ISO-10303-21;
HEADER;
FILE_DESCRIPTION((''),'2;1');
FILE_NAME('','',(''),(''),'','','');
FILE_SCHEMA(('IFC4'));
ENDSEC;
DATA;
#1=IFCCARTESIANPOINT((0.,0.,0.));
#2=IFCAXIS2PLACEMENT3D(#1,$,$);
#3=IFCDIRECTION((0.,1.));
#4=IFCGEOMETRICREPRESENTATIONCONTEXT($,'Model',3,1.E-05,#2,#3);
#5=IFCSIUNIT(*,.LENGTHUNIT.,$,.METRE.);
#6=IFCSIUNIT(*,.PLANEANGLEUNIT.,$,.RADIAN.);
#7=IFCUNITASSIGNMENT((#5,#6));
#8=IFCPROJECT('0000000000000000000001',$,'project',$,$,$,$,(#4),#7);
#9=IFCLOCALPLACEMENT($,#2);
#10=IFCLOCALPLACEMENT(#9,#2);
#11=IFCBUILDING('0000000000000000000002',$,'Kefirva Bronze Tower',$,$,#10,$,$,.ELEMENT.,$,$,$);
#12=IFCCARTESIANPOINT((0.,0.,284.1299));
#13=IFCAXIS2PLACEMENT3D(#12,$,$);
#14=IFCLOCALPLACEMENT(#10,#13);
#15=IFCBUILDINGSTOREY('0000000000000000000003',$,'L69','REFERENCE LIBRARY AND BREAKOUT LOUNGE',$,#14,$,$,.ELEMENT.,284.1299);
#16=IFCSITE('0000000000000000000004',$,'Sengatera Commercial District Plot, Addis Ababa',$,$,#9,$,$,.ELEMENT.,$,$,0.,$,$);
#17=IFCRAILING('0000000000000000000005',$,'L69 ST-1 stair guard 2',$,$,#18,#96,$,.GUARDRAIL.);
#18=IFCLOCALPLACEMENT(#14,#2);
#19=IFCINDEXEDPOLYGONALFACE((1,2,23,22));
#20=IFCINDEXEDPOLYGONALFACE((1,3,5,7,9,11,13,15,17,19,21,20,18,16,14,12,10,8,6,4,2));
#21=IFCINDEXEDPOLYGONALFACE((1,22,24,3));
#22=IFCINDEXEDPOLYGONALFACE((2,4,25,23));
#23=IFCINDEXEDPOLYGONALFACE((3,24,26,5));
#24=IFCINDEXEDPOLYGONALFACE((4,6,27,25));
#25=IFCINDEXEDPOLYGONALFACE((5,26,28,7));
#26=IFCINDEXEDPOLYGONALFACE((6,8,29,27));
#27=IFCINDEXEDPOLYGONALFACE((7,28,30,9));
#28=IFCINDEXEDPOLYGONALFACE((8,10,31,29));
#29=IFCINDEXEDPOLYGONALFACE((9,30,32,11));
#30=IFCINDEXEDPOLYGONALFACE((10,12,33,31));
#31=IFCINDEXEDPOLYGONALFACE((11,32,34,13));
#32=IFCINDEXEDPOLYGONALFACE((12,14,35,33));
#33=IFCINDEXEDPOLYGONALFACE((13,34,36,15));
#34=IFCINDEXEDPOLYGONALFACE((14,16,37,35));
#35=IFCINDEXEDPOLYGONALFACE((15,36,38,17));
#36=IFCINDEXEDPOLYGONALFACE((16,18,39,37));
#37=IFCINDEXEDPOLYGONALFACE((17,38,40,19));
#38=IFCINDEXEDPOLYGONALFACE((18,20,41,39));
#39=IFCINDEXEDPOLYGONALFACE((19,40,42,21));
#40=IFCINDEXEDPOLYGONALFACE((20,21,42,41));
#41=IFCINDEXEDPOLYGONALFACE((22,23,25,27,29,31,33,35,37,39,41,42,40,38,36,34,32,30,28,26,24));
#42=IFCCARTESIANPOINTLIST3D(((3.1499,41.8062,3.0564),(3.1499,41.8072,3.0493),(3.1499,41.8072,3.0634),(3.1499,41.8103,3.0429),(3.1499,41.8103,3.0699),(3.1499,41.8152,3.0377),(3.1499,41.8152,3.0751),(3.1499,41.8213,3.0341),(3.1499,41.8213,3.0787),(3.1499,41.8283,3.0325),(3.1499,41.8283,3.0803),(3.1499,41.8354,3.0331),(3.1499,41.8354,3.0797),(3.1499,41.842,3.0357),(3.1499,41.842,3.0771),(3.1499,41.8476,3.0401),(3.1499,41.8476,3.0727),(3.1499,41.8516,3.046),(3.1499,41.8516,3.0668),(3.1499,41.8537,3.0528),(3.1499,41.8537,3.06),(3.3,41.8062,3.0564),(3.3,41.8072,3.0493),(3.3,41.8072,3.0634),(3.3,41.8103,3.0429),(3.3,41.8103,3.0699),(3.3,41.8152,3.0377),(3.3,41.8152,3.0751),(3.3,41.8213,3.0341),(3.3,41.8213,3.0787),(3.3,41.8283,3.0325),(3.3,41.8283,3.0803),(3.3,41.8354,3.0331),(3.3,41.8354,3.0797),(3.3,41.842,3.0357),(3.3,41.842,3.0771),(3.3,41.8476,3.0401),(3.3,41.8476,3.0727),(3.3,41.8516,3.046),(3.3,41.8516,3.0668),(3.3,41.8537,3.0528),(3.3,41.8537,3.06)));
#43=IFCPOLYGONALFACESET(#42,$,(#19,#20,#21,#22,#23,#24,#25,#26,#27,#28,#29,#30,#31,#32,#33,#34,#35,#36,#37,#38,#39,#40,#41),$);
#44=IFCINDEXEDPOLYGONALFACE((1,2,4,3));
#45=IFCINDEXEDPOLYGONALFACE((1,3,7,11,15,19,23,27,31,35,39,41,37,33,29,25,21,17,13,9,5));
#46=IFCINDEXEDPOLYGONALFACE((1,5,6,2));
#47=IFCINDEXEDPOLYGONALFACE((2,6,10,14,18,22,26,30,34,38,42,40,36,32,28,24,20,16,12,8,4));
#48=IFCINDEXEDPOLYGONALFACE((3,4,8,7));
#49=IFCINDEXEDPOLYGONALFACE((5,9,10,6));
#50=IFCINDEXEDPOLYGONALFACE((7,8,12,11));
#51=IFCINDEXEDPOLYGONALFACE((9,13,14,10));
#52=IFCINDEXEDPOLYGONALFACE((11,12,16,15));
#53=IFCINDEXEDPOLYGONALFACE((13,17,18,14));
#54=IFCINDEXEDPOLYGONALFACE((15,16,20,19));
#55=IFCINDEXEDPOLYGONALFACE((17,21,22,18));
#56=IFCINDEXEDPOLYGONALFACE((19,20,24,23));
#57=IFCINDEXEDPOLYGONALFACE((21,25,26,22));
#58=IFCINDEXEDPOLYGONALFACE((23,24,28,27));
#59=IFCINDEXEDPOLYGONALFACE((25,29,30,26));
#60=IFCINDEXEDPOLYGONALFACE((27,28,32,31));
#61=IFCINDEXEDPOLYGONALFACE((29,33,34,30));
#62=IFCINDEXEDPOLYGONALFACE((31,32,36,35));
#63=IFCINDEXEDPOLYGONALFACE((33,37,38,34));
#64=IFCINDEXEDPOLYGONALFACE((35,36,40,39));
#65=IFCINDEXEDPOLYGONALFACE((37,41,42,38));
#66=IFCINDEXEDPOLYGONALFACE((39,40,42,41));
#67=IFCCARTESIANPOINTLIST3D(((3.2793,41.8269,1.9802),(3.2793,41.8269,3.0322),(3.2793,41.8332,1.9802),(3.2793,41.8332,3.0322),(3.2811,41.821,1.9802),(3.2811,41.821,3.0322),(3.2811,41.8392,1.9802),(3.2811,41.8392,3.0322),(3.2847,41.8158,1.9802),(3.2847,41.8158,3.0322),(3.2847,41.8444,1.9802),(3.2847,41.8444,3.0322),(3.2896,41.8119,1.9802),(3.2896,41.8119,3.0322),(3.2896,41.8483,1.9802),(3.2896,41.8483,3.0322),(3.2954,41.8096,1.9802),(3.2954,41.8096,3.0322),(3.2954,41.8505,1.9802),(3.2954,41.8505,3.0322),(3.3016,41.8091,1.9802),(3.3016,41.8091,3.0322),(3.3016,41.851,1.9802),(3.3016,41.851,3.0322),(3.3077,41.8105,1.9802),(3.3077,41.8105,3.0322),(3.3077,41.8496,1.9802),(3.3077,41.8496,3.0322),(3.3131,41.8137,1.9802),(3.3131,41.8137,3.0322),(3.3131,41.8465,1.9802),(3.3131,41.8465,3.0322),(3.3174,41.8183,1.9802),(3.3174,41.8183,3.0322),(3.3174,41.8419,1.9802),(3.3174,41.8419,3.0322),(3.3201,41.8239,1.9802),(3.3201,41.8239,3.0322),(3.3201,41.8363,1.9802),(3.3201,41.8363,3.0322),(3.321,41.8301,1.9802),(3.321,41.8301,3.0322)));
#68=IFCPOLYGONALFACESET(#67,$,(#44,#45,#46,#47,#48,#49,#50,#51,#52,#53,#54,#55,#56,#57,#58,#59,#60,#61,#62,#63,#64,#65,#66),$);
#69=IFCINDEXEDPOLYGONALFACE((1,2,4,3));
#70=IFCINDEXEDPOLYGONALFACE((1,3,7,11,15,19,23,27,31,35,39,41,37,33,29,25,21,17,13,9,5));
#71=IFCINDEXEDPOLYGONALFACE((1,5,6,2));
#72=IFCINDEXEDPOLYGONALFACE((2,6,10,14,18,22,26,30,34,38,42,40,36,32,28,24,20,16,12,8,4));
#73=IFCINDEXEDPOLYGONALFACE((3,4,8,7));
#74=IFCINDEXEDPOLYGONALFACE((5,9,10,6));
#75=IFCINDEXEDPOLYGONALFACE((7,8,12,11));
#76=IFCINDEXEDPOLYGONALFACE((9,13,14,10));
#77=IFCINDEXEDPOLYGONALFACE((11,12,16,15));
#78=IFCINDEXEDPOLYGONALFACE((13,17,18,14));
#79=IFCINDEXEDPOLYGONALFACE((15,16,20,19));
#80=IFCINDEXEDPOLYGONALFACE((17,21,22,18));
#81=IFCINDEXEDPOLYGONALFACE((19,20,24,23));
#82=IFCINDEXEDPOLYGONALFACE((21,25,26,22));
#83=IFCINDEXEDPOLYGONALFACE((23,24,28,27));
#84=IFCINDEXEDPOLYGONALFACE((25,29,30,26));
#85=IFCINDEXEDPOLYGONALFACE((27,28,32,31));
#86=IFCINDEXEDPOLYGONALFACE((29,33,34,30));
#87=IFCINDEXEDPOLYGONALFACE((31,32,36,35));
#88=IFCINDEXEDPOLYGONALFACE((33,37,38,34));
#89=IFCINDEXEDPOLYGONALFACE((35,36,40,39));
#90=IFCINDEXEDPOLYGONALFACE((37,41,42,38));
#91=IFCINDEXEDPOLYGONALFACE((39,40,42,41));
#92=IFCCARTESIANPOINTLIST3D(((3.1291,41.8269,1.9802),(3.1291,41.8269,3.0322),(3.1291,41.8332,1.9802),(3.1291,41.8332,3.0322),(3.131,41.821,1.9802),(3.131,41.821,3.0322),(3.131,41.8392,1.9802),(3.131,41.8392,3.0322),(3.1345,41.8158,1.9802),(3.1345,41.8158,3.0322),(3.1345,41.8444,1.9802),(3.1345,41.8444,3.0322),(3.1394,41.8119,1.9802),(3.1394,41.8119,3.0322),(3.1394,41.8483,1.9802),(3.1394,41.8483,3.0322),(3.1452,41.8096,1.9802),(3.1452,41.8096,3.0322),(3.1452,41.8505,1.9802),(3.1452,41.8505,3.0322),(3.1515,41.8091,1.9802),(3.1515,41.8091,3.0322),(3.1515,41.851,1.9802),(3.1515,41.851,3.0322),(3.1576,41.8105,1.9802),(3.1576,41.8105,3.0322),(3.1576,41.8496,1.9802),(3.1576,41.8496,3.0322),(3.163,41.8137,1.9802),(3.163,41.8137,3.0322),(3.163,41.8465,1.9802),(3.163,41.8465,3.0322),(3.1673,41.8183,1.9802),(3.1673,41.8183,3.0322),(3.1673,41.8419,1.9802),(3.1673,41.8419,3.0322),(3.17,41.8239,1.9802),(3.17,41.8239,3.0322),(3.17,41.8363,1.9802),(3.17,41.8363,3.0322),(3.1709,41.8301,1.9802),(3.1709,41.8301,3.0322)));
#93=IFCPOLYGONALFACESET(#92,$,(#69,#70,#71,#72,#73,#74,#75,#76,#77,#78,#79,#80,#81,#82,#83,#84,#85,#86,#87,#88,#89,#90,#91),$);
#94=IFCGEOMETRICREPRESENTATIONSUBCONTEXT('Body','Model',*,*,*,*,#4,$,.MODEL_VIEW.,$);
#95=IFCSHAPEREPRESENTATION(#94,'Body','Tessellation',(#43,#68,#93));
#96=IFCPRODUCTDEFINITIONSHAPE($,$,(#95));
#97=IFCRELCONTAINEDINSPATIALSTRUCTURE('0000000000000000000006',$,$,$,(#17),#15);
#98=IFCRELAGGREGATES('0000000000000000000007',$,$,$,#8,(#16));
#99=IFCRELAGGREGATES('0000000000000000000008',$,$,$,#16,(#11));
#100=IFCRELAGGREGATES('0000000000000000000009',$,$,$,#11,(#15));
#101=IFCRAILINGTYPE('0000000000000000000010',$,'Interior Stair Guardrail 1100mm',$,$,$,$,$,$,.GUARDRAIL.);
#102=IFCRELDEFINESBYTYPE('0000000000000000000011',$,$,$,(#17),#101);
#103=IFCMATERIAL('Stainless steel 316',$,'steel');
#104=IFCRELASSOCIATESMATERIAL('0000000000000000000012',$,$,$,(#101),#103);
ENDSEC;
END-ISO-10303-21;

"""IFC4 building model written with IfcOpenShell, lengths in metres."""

from ifc_helpers import new_model, si_unit, direction, frame, origin, origin_2d, place, context, subcontext, project, spatial, circle, extrude, material, type_object, element, save


model = new_model("IFC4")

# Units and contexts
model_context = context("Model", 3, precision=1e-05, world=origin(), true_north=direction((0.0, 1.0)))
body_context = subcontext(model_context, "Body", "Model", "MODEL_VIEW")
ifc_project = project(units=[si_unit("LENGTHUNIT", "METRE"), si_unit("PLANEANGLEUNIT", "RADIAN")], contexts=[model_context])

# Site, building, storey
site_placement = place(None, origin())
site = spatial("IfcSite", under=ifc_project, at=site_placement, Name="Sengatera Commercial District Plot, Addis Ababa", CompositionType="ELEMENT", RefElevation=0.0)
building_placement = place(site_placement, origin())
building = spatial("IfcBuilding", under=site, at=building_placement, Name="Kefirva Bronze Tower", CompositionType="ELEMENT")
storey_placement = place(building_placement, frame((0.0, 0.0, 284.1299)))
storey = spatial("IfcBuildingStorey", under=building, at=storey_placement, Name="L69", Description="REFERENCE LIBRARY AND BREAKOUT LOUNGE", CompositionType="ELEMENT", Elevation=284.1299)

# Railing
ifc_material_1 = material(Name="Stainless steel 316", Category="steel")
railing_type_1 = type_object("IfcRailingType", Name="Interior Stair Guardrail 1100mm", PredefinedType="GUARDRAIL", material=ifc_material_1)
railing_1_placement = place(storey_placement, frame((3.3, 41.8301, 1.9802)))
element("IfcRailing", 1, at=railing_1_placement, inside=storey, type_object=railing_type_1, Name="L69 ST-1 stair guard 2", PredefinedType="GUARDRAIL", context=body_context, shape_type="SweptSolid", body=[
    extrude(circle(Radius=0.0239, at=origin_2d()), frame((0.0, 0.0, 1.0762), z_axis=(-1.0, 0.0, 0.0), x_axis=(0.0, -1.0, 0.0)), (0.0, 0.0, 1.0), 0.1501),
    extrude(circle(Radius=0.021, at=origin_2d()), origin(), (0.0, 0.0, 1.0), 1.052),
    extrude(circle(Radius=0.021, at=origin_2d()), frame((-0.1501, 0.0, 0.0)), (0.0, 0.0, 1.0), 1.052),
])

save(model, "model.ifc")
